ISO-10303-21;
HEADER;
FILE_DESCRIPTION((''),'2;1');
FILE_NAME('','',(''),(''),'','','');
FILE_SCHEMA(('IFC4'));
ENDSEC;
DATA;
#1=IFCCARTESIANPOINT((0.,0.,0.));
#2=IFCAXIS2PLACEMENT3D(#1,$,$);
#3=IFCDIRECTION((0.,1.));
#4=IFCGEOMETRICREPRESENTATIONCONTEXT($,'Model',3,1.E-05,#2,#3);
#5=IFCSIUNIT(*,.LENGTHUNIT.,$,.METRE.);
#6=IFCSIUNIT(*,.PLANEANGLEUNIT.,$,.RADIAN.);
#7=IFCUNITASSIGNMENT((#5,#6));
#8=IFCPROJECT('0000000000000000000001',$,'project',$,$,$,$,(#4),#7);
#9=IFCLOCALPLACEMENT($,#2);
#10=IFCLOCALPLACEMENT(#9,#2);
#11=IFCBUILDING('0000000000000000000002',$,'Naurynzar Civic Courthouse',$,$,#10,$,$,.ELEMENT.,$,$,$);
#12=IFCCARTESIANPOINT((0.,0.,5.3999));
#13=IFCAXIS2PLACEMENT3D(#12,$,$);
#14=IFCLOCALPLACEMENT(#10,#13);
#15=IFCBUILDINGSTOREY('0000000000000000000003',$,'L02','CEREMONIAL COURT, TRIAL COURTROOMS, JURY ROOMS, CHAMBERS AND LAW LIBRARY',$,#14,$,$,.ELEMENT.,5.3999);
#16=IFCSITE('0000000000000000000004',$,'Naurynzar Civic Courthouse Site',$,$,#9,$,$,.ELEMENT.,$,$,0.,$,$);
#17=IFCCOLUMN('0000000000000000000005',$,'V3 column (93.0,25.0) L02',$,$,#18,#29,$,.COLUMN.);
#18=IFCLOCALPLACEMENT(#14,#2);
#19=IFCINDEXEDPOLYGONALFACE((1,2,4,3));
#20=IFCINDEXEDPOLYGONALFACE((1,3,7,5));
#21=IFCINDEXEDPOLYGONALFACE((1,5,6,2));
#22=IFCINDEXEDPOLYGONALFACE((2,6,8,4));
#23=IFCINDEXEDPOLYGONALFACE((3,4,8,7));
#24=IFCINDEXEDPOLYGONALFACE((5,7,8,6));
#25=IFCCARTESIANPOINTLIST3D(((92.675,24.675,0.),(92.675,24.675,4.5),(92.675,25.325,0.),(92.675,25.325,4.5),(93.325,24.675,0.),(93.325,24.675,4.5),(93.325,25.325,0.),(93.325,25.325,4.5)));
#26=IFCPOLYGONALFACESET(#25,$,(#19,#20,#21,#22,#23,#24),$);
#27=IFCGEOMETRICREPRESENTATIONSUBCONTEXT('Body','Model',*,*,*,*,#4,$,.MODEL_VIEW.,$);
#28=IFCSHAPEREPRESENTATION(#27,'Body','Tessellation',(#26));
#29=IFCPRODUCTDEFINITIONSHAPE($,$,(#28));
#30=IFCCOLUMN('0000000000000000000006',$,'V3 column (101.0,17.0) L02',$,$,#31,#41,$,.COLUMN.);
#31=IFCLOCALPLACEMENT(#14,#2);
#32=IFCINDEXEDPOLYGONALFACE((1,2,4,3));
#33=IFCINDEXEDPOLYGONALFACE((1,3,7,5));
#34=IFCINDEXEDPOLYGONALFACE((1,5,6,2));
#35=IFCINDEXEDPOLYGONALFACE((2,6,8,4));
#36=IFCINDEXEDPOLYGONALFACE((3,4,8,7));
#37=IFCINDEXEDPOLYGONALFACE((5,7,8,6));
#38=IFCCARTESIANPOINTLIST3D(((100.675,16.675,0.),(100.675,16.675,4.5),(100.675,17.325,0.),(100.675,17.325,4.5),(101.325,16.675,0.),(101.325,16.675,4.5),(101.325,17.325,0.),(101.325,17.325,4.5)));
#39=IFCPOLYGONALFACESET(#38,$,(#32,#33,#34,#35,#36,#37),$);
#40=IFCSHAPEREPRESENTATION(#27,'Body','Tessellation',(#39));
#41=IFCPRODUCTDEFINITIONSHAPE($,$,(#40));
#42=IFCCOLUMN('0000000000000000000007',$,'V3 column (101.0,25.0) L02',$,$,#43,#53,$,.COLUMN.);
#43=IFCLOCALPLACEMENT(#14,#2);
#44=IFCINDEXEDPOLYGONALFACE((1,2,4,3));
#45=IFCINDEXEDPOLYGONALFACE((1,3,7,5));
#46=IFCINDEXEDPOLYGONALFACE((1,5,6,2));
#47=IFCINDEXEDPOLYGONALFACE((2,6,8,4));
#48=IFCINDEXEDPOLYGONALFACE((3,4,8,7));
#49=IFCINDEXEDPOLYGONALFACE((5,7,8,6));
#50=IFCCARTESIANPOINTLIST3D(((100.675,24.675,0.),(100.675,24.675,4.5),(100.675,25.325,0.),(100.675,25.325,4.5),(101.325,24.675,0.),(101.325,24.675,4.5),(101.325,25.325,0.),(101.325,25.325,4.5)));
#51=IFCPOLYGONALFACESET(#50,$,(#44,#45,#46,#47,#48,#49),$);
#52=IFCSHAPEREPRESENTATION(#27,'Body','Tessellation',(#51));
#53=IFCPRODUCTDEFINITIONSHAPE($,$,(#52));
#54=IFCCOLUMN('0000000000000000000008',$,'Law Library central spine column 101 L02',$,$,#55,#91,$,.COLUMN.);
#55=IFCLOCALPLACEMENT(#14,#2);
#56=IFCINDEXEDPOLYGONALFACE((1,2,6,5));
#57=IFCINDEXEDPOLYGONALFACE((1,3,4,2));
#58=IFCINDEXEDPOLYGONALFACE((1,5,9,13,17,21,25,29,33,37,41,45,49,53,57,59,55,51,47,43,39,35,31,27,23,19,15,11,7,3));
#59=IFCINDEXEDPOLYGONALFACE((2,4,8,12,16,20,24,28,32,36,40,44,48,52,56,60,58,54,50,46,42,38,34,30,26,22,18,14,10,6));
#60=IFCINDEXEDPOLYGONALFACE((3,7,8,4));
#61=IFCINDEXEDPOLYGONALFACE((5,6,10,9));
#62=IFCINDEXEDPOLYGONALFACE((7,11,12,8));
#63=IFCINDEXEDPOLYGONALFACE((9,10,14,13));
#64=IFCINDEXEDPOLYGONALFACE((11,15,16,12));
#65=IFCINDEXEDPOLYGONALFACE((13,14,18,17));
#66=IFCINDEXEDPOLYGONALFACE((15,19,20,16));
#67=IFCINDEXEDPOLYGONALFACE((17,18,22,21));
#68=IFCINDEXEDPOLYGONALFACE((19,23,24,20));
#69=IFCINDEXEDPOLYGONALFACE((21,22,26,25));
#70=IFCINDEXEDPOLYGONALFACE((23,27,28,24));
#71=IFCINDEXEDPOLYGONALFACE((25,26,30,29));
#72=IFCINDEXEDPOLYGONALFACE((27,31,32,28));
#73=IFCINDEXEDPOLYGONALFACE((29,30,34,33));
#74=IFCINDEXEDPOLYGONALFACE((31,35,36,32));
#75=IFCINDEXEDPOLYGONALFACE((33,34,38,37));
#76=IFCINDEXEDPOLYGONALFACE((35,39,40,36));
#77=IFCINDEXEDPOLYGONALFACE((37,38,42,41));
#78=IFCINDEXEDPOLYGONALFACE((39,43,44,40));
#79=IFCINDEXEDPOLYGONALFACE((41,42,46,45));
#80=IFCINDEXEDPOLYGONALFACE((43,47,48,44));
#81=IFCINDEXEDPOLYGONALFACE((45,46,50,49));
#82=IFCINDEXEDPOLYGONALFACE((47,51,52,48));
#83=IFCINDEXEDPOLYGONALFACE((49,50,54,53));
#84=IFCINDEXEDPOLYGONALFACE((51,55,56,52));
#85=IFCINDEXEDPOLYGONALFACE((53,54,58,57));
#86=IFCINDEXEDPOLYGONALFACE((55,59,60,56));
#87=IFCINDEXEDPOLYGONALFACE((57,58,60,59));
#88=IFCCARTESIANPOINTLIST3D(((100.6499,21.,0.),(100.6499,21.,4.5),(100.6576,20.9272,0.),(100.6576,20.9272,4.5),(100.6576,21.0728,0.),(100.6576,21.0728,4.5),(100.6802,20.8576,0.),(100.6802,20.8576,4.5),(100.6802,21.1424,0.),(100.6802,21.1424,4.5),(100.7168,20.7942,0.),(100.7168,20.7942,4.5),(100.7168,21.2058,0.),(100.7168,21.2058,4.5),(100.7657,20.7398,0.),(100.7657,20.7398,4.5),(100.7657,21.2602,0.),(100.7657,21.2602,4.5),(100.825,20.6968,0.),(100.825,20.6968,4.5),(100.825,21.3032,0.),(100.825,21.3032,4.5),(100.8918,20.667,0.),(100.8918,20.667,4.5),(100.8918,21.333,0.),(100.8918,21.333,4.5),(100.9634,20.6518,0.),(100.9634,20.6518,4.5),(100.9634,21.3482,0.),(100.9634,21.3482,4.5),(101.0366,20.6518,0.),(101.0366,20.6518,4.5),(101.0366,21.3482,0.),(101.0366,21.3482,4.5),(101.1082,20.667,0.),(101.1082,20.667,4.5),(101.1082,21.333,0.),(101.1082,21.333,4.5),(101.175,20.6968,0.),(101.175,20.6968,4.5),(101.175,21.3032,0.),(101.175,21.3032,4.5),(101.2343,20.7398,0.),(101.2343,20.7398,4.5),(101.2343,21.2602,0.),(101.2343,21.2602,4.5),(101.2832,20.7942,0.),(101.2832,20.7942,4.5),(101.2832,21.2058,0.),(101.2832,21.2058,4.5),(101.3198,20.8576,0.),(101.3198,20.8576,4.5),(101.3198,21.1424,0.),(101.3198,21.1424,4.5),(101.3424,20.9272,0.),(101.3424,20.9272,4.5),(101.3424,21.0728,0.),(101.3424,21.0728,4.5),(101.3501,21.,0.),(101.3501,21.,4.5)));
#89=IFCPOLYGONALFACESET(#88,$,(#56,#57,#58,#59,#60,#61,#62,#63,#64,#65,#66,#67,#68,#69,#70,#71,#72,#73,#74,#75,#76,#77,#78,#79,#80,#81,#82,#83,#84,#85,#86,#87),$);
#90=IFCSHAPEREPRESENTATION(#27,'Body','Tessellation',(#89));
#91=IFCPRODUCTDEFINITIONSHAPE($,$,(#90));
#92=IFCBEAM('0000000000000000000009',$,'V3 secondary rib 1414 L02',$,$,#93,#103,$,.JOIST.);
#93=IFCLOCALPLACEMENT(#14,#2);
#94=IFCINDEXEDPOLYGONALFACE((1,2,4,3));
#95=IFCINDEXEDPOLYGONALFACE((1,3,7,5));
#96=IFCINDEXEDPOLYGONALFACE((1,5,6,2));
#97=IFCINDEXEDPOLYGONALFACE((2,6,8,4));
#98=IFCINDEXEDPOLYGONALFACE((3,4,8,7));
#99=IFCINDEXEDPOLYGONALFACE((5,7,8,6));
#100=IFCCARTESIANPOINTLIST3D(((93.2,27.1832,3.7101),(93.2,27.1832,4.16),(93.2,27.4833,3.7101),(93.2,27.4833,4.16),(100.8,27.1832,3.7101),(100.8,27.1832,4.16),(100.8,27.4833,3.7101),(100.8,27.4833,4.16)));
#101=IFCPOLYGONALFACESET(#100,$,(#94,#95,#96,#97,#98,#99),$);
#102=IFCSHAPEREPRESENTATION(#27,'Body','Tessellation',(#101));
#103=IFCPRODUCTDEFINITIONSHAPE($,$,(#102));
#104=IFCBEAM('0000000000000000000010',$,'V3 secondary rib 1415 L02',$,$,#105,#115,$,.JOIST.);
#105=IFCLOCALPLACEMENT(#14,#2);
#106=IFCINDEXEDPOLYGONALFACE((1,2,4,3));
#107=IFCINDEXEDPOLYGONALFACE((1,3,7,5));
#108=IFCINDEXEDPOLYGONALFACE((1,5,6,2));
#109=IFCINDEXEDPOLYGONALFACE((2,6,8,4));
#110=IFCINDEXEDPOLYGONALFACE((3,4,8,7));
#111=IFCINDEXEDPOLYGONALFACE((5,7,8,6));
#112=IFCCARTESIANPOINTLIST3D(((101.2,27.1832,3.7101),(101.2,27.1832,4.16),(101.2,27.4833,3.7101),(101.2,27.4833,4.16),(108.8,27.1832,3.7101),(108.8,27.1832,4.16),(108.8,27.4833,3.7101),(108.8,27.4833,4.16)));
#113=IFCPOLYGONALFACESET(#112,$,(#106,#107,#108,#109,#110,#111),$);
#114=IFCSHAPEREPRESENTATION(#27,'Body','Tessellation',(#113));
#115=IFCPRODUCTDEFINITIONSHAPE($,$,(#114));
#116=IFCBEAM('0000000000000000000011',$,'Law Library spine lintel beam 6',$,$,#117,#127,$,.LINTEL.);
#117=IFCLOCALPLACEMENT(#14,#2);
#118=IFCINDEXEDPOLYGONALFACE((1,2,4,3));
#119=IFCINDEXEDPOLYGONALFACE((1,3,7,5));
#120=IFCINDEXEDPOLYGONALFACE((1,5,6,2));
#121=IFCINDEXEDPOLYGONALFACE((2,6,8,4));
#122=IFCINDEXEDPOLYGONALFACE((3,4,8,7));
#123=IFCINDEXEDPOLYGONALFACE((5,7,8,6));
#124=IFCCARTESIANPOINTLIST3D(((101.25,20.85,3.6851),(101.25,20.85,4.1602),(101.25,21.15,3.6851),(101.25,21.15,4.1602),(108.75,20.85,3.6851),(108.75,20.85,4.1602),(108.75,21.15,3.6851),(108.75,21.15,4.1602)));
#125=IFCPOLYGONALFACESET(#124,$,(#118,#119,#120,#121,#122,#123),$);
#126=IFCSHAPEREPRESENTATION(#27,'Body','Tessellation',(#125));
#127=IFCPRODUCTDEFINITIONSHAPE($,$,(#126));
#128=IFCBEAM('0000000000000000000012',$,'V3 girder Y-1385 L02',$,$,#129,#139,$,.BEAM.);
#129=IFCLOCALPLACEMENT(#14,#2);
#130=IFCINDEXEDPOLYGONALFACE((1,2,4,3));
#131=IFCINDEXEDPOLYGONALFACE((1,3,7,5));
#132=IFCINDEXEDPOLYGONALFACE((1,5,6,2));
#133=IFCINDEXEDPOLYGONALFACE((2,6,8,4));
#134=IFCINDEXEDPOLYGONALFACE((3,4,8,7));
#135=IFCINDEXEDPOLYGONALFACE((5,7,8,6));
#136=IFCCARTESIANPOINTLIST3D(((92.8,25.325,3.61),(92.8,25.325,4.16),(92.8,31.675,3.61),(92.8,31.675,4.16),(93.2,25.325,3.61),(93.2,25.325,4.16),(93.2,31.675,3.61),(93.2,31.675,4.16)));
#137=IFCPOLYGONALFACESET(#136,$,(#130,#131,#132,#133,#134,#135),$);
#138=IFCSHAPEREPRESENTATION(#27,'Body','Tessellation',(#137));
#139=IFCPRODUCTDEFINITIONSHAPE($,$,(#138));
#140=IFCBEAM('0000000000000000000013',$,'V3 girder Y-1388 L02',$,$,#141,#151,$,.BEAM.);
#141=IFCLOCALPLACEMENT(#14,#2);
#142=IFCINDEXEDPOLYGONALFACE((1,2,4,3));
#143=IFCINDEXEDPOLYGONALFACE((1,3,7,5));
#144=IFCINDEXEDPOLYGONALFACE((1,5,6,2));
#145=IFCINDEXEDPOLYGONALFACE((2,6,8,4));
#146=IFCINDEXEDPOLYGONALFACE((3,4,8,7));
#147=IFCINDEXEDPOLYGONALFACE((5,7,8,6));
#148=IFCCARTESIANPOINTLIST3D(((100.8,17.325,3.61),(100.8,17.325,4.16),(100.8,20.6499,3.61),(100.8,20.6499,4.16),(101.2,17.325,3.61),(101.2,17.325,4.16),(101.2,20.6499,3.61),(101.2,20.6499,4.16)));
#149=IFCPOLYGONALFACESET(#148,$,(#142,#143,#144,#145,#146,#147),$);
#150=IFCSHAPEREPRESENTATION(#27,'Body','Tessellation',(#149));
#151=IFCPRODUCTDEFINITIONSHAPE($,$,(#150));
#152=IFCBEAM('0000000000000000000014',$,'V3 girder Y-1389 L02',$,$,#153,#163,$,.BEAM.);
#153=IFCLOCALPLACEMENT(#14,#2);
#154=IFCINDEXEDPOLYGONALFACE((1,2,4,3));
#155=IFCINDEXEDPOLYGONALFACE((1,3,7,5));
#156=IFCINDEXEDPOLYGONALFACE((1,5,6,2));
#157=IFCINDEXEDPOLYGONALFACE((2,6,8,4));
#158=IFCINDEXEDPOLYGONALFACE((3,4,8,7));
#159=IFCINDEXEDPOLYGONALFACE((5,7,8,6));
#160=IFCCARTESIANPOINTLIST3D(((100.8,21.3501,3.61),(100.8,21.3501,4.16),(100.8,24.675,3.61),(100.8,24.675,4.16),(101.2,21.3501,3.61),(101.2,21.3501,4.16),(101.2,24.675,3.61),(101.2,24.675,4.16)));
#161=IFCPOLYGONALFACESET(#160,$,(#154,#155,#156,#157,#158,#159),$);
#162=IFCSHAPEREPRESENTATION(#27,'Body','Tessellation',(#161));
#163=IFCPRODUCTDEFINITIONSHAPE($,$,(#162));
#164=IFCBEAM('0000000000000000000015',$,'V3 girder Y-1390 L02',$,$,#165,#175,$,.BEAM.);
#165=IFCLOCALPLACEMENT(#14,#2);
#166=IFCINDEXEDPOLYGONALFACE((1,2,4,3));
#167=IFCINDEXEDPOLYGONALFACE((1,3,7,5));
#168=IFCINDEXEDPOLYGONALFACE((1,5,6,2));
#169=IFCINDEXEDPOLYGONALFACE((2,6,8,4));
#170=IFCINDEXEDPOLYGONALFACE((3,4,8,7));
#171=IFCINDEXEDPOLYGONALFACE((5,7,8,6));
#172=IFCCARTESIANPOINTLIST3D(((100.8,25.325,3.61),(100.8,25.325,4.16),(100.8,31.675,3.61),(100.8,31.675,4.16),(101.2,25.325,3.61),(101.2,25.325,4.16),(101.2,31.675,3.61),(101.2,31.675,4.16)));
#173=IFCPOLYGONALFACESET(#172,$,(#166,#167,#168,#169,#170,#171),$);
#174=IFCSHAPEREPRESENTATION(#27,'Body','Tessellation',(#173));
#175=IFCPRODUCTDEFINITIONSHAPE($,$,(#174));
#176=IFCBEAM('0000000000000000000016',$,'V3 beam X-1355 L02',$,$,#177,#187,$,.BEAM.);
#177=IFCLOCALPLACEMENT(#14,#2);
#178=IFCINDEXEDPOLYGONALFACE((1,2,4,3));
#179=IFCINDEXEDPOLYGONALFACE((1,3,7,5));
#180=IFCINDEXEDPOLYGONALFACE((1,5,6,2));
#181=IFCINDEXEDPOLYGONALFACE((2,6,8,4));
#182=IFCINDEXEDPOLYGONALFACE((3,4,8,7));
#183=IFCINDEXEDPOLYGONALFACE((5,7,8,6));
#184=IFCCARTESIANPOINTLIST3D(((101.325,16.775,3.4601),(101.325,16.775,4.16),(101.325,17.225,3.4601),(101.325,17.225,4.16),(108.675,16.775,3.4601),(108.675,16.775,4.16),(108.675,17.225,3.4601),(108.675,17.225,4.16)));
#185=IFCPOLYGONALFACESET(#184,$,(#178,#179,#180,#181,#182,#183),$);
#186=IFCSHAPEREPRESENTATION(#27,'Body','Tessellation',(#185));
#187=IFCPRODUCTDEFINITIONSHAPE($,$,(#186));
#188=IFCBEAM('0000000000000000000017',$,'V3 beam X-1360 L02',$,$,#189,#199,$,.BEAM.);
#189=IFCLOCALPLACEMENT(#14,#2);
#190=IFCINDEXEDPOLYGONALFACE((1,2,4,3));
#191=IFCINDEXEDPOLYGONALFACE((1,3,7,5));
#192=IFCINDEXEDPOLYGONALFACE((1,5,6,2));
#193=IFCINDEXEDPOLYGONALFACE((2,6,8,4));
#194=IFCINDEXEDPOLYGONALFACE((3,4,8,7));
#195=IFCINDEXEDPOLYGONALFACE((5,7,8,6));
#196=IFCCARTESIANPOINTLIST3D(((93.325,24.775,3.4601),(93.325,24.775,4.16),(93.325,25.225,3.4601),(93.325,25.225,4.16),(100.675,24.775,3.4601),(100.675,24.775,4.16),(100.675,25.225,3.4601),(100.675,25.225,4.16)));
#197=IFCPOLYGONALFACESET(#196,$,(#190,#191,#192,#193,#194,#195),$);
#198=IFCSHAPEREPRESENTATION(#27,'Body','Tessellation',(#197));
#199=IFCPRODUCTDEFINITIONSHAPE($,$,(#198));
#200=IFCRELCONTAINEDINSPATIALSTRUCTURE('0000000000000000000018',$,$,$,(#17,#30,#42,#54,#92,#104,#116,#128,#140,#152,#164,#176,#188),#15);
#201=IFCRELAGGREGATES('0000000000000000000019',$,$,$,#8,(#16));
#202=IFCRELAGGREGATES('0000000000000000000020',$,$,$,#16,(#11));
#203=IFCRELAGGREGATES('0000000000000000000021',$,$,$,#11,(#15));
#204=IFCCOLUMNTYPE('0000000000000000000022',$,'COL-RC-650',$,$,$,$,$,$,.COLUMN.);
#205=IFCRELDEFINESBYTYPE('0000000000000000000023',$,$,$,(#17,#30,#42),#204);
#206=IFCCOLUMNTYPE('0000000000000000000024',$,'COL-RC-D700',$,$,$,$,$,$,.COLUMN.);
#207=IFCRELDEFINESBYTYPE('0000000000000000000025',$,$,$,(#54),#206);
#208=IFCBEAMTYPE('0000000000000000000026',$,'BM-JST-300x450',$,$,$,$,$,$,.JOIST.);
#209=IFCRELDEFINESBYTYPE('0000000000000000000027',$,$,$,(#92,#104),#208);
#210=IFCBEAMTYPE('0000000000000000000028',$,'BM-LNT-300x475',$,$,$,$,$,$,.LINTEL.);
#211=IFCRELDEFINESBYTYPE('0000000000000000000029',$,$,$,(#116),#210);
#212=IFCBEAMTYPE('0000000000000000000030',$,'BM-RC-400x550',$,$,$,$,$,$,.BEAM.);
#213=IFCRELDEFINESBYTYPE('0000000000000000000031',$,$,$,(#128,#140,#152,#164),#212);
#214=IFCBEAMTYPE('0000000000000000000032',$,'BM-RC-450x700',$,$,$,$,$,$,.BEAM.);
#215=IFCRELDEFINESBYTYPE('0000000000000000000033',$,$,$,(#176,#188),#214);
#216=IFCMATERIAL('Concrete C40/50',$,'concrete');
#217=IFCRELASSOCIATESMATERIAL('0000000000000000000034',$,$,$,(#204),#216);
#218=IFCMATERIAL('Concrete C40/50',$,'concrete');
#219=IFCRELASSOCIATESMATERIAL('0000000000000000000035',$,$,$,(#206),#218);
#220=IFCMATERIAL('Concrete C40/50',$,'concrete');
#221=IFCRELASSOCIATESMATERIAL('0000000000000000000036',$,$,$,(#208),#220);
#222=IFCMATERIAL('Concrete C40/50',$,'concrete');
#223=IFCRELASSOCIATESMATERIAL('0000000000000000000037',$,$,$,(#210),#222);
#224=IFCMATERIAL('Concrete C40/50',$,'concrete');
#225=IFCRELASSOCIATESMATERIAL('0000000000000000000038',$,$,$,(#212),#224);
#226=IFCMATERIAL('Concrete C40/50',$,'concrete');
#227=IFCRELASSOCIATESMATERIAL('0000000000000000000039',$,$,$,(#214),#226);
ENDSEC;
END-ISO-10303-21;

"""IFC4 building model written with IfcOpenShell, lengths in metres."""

from ifc_helpers import new_model, si_unit, direction, frame, origin, origin_2d, place, context, subcontext, project, spatial, rectangle, circle, extrude, material, material_profile, profile_set, type_object, element, save


model = new_model("IFC4")

# Units and contexts
model_context = context("Model", 3, precision=1e-05, world=origin(), true_north=direction((0.0, 1.0)))
body_context = subcontext(model_context, "Body", "Model", "MODEL_VIEW")
ifc_project = project(units=[si_unit("LENGTHUNIT", "METRE"), si_unit("PLANEANGLEUNIT", "RADIAN")], contexts=[model_context])

# Site, building, storey
site_placement = place(None, origin())
site = spatial("IfcSite", under=ifc_project, at=site_placement, Name="Naurynzar Civic Courthouse Site", CompositionType="ELEMENT", RefElevation=0.0)
building_placement = place(site_placement, origin())
building = spatial("IfcBuilding", under=site, at=building_placement, Name="Naurynzar Civic Courthouse", CompositionType="ELEMENT")
storey_placement = place(building_placement, frame((0.0, 0.0, 5.3999)))
storey = spatial("IfcBuildingStorey", under=building, at=storey_placement, Name="L02", Description="CEREMONIAL COURT, TRIAL COURTROOMS, JURY ROOMS, CHAMBERS AND LAW LIBRARY", CompositionType="ELEMENT", Elevation=5.3999)

# Columns
ifc_material_1 = material(Name="Concrete C40/50", Category="concrete")
ifc_material_profile_1 = material_profile(ifc_material_1, rectangle(XDim=0.6499, YDim=0.6499, at=origin_2d()), Name="RC 650x650")
ifc_profile_set_1 = profile_set([ifc_material_profile_1], Name="Concrete C40/50")
column_type_1 = type_object("IfcColumnType", Name="COL-RC-650", PredefinedType="COLUMN", material=ifc_profile_set_1)
for number, where, z_axis, x_axis, name in (
    (1, (93.0, 25.0, 0.0), (0.0, 0.0, 1.0), (1.0, 0.0, 0.0), "V3 column (93.0,25.0) L02"),
    (2, (101.0, 17.0, 0.0), (0.0, 0.0, 1.0), (1.0, 0.0, 0.0), "V3 column (101.0,17.0) L02"),
    (3, (101.0, 25.0, 0.0), (0.0, 0.0, 1.0), (1.0, 0.0, 0.0), "V3 column (101.0,25.0) L02"),
):
    element("IfcColumn", number, at=place(storey_placement, frame(where, z_axis=z_axis, x_axis=x_axis)), inside=storey, type_object=column_type_1, Name=name, PredefinedType="COLUMN", context=body_context, shape_type="SweptSolid", body=[
        extrude(rectangle(XDim=0.6499, YDim=0.6499, at=origin_2d()), origin(), (0.0, 0.0, 1.0), 4.5),
    ])
ifc_material_2 = material(Name="Concrete C40/50", Category="concrete")
ifc_material_profile_2 = material_profile(ifc_material_2, circle(Radius=0.3501, at=origin_2d()), Name="RC D700")
ifc_profile_set_2 = profile_set([ifc_material_profile_2], Name="Concrete C40/50")
column_type_2 = type_object("IfcColumnType", Name="COL-RC-D700", PredefinedType="COLUMN", material=ifc_profile_set_2)
column_placement = place(storey_placement, frame((101.0, 21.0, 0.0), z_axis=(0.0, 0.0, 1.0), x_axis=(1.0, 0.0, 0.0)))
element("IfcColumn", 4, at=column_placement, inside=storey, type_object=column_type_2, Name="Law Library central spine column 101 L02", PredefinedType="COLUMN", context=body_context, shape_type="SweptSolid", body=[
    extrude(circle(Radius=0.3501, at=origin_2d()), origin(), (0.0, 0.0, 1.0), 4.5),
])

# Beams
ifc_material_3 = material(Name="Concrete C40/50", Category="concrete")
ifc_material_profile_3 = material_profile(ifc_material_3, rectangle(XDim=0.3, YDim=0.45, at=origin_2d()), Name="RCJ 300x450")
ifc_profile_set_3 = profile_set([ifc_material_profile_3], Name="Concrete C40/50")
beam_type_1 = type_object("IfcBeamType", Name="BM-JST-300x450", PredefinedType="JOIST", material=ifc_profile_set_3)
for number, where, z_axis, x_axis, name in (
    (5, (93.2, 27.3333, 3.9351), (1.0, 0.0, 0.0), (0.0, 1.0, 0.0), "V3 secondary rib 1414 L02"),
    (6, (101.2, 27.3333, 3.9351), (1.0, 0.0, 0.0), (0.0, 1.0, 0.0), "V3 secondary rib 1415 L02"),
):
    element("IfcBeam", number, at=place(storey_placement, frame(where, z_axis=z_axis, x_axis=x_axis)), inside=storey, type_object=beam_type_1, Name=name, PredefinedType="JOIST", context=body_context, shape_type="SweptSolid", body=[
        extrude(rectangle(XDim=0.3, YDim=0.45, at=origin_2d()), origin(), (0.0, 0.0, 1.0), 7.6001),
    ])
ifc_material_4 = material(Name="Concrete C40/50", Category="concrete")
ifc_material_profile_4 = material_profile(ifc_material_4, rectangle(XDim=0.3, YDim=0.4751, at=origin_2d()), Name="RCB 300x475")
ifc_profile_set_4 = profile_set([ifc_material_profile_4], Name="Concrete C40/50")
beam_type_2 = type_object("IfcBeamType", Name="BM-LNT-300x475", PredefinedType="LINTEL", material=ifc_profile_set_4)
beam_1_placement = place(storey_placement, frame((101.25, 21.0, 3.9226), z_axis=(1.0, 0.0, 0.0), x_axis=(0.0, 1.0, 0.0)))
element("IfcBeam", 7, at=beam_1_placement, inside=storey, type_object=beam_type_2, Name="Law Library spine lintel beam 6", PredefinedType="LINTEL", context=body_context, shape_type="SweptSolid", body=[
    extrude(rectangle(XDim=0.3, YDim=0.4751, at=origin_2d()), origin(), (0.0, 0.0, 1.0), 7.5),
])
ifc_material_5 = material(Name="Concrete C40/50", Category="concrete")
ifc_material_profile_5 = material_profile(ifc_material_5, rectangle(XDim=0.3999, YDim=0.55, at=origin_2d()), Name="RCB 400x550")
ifc_profile_set_5 = profile_set([ifc_material_profile_5], Name="Concrete C40/50")
beam_type_3 = type_object("IfcBeamType", Name="BM-RC-400x550", PredefinedType="BEAM", material=ifc_profile_set_5)
beam_2_placement = place(storey_placement, frame((93.0, 25.325, 3.885), z_axis=(0.0, 1.0, 0.0), x_axis=(-1.0, 0.0, 0.0)))
element("IfcBeam", 8, at=beam_2_placement, inside=storey, type_object=beam_type_3, Name="V3 girder Y-1385 L02", PredefinedType="BEAM", context=body_context, shape_type="SweptSolid", body=[
    extrude(rectangle(XDim=0.3999, YDim=0.55, at=origin_2d()), origin(), (0.0, 0.0, 1.0), 6.3501),
])
for number, where, z_axis, x_axis, name in (
    (9, (101.0, 17.325, 3.885), (0.0, 1.0, 0.0), (-1.0, 0.0, 0.0), "V3 girder Y-1388 L02"),
    (10, (101.0, 21.3501, 3.885), (0.0, 1.0, 0.0), (-1.0, 0.0, 0.0), "V3 girder Y-1389 L02"),
):
    element("IfcBeam", number, at=place(storey_placement, frame(where, z_axis=z_axis, x_axis=x_axis)), inside=storey, type_object=beam_type_3, Name=name, PredefinedType="BEAM", context=body_context, shape_type="SweptSolid", body=[
        extrude(rectangle(XDim=0.3999, YDim=0.55, at=origin_2d()), origin(), (0.0, 0.0, 1.0), 3.325),
    ])
beam_3_placement = place(storey_placement, frame((101.0, 25.325, 3.885), z_axis=(0.0, 1.0, 0.0), x_axis=(-1.0, 0.0, 0.0)))
element("IfcBeam", 11, at=beam_3_placement, inside=storey, type_object=beam_type_3, Name="V3 girder Y-1390 L02", PredefinedType="BEAM", context=body_context, shape_type="SweptSolid", body=[
    extrude(rectangle(XDim=0.3999, YDim=0.55, at=origin_2d()), origin(), (0.0, 0.0, 1.0), 6.3501),
])
ifc_material_6 = material(Name="Concrete C40/50", Category="concrete")
ifc_material_profile_6 = material_profile(ifc_material_6, rectangle(XDim=0.45, YDim=0.7, at=origin_2d()), Name="RCB 450x700")
ifc_profile_set_6 = profile_set([ifc_material_profile_6], Name="Concrete C40/50")
beam_type_4 = type_object("IfcBeamType", Name="BM-RC-450x700", PredefinedType="BEAM", material=ifc_profile_set_6)
for number, where, z_axis, x_axis, name in (
    (12, (101.325, 17.0, 3.8101), (1.0, 0.0, 0.0), (0.0, 1.0, 0.0), "V3 beam X-1355 L02"),
    (13, (93.325, 25.0, 3.8101), (1.0, 0.0, 0.0), (0.0, 1.0, 0.0), "V3 beam X-1360 L02"),
):
    element("IfcBeam", number, at=place(storey_placement, frame(where, z_axis=z_axis, x_axis=x_axis)), inside=storey, type_object=beam_type_4, Name=name, PredefinedType="BEAM", context=body_context, shape_type="SweptSolid", body=[
        extrude(rectangle(XDim=0.45, YDim=0.7, at=origin_2d()), origin(), (0.0, 0.0, 1.0), 7.3501),
    ])

save(model, "model.ifc")
